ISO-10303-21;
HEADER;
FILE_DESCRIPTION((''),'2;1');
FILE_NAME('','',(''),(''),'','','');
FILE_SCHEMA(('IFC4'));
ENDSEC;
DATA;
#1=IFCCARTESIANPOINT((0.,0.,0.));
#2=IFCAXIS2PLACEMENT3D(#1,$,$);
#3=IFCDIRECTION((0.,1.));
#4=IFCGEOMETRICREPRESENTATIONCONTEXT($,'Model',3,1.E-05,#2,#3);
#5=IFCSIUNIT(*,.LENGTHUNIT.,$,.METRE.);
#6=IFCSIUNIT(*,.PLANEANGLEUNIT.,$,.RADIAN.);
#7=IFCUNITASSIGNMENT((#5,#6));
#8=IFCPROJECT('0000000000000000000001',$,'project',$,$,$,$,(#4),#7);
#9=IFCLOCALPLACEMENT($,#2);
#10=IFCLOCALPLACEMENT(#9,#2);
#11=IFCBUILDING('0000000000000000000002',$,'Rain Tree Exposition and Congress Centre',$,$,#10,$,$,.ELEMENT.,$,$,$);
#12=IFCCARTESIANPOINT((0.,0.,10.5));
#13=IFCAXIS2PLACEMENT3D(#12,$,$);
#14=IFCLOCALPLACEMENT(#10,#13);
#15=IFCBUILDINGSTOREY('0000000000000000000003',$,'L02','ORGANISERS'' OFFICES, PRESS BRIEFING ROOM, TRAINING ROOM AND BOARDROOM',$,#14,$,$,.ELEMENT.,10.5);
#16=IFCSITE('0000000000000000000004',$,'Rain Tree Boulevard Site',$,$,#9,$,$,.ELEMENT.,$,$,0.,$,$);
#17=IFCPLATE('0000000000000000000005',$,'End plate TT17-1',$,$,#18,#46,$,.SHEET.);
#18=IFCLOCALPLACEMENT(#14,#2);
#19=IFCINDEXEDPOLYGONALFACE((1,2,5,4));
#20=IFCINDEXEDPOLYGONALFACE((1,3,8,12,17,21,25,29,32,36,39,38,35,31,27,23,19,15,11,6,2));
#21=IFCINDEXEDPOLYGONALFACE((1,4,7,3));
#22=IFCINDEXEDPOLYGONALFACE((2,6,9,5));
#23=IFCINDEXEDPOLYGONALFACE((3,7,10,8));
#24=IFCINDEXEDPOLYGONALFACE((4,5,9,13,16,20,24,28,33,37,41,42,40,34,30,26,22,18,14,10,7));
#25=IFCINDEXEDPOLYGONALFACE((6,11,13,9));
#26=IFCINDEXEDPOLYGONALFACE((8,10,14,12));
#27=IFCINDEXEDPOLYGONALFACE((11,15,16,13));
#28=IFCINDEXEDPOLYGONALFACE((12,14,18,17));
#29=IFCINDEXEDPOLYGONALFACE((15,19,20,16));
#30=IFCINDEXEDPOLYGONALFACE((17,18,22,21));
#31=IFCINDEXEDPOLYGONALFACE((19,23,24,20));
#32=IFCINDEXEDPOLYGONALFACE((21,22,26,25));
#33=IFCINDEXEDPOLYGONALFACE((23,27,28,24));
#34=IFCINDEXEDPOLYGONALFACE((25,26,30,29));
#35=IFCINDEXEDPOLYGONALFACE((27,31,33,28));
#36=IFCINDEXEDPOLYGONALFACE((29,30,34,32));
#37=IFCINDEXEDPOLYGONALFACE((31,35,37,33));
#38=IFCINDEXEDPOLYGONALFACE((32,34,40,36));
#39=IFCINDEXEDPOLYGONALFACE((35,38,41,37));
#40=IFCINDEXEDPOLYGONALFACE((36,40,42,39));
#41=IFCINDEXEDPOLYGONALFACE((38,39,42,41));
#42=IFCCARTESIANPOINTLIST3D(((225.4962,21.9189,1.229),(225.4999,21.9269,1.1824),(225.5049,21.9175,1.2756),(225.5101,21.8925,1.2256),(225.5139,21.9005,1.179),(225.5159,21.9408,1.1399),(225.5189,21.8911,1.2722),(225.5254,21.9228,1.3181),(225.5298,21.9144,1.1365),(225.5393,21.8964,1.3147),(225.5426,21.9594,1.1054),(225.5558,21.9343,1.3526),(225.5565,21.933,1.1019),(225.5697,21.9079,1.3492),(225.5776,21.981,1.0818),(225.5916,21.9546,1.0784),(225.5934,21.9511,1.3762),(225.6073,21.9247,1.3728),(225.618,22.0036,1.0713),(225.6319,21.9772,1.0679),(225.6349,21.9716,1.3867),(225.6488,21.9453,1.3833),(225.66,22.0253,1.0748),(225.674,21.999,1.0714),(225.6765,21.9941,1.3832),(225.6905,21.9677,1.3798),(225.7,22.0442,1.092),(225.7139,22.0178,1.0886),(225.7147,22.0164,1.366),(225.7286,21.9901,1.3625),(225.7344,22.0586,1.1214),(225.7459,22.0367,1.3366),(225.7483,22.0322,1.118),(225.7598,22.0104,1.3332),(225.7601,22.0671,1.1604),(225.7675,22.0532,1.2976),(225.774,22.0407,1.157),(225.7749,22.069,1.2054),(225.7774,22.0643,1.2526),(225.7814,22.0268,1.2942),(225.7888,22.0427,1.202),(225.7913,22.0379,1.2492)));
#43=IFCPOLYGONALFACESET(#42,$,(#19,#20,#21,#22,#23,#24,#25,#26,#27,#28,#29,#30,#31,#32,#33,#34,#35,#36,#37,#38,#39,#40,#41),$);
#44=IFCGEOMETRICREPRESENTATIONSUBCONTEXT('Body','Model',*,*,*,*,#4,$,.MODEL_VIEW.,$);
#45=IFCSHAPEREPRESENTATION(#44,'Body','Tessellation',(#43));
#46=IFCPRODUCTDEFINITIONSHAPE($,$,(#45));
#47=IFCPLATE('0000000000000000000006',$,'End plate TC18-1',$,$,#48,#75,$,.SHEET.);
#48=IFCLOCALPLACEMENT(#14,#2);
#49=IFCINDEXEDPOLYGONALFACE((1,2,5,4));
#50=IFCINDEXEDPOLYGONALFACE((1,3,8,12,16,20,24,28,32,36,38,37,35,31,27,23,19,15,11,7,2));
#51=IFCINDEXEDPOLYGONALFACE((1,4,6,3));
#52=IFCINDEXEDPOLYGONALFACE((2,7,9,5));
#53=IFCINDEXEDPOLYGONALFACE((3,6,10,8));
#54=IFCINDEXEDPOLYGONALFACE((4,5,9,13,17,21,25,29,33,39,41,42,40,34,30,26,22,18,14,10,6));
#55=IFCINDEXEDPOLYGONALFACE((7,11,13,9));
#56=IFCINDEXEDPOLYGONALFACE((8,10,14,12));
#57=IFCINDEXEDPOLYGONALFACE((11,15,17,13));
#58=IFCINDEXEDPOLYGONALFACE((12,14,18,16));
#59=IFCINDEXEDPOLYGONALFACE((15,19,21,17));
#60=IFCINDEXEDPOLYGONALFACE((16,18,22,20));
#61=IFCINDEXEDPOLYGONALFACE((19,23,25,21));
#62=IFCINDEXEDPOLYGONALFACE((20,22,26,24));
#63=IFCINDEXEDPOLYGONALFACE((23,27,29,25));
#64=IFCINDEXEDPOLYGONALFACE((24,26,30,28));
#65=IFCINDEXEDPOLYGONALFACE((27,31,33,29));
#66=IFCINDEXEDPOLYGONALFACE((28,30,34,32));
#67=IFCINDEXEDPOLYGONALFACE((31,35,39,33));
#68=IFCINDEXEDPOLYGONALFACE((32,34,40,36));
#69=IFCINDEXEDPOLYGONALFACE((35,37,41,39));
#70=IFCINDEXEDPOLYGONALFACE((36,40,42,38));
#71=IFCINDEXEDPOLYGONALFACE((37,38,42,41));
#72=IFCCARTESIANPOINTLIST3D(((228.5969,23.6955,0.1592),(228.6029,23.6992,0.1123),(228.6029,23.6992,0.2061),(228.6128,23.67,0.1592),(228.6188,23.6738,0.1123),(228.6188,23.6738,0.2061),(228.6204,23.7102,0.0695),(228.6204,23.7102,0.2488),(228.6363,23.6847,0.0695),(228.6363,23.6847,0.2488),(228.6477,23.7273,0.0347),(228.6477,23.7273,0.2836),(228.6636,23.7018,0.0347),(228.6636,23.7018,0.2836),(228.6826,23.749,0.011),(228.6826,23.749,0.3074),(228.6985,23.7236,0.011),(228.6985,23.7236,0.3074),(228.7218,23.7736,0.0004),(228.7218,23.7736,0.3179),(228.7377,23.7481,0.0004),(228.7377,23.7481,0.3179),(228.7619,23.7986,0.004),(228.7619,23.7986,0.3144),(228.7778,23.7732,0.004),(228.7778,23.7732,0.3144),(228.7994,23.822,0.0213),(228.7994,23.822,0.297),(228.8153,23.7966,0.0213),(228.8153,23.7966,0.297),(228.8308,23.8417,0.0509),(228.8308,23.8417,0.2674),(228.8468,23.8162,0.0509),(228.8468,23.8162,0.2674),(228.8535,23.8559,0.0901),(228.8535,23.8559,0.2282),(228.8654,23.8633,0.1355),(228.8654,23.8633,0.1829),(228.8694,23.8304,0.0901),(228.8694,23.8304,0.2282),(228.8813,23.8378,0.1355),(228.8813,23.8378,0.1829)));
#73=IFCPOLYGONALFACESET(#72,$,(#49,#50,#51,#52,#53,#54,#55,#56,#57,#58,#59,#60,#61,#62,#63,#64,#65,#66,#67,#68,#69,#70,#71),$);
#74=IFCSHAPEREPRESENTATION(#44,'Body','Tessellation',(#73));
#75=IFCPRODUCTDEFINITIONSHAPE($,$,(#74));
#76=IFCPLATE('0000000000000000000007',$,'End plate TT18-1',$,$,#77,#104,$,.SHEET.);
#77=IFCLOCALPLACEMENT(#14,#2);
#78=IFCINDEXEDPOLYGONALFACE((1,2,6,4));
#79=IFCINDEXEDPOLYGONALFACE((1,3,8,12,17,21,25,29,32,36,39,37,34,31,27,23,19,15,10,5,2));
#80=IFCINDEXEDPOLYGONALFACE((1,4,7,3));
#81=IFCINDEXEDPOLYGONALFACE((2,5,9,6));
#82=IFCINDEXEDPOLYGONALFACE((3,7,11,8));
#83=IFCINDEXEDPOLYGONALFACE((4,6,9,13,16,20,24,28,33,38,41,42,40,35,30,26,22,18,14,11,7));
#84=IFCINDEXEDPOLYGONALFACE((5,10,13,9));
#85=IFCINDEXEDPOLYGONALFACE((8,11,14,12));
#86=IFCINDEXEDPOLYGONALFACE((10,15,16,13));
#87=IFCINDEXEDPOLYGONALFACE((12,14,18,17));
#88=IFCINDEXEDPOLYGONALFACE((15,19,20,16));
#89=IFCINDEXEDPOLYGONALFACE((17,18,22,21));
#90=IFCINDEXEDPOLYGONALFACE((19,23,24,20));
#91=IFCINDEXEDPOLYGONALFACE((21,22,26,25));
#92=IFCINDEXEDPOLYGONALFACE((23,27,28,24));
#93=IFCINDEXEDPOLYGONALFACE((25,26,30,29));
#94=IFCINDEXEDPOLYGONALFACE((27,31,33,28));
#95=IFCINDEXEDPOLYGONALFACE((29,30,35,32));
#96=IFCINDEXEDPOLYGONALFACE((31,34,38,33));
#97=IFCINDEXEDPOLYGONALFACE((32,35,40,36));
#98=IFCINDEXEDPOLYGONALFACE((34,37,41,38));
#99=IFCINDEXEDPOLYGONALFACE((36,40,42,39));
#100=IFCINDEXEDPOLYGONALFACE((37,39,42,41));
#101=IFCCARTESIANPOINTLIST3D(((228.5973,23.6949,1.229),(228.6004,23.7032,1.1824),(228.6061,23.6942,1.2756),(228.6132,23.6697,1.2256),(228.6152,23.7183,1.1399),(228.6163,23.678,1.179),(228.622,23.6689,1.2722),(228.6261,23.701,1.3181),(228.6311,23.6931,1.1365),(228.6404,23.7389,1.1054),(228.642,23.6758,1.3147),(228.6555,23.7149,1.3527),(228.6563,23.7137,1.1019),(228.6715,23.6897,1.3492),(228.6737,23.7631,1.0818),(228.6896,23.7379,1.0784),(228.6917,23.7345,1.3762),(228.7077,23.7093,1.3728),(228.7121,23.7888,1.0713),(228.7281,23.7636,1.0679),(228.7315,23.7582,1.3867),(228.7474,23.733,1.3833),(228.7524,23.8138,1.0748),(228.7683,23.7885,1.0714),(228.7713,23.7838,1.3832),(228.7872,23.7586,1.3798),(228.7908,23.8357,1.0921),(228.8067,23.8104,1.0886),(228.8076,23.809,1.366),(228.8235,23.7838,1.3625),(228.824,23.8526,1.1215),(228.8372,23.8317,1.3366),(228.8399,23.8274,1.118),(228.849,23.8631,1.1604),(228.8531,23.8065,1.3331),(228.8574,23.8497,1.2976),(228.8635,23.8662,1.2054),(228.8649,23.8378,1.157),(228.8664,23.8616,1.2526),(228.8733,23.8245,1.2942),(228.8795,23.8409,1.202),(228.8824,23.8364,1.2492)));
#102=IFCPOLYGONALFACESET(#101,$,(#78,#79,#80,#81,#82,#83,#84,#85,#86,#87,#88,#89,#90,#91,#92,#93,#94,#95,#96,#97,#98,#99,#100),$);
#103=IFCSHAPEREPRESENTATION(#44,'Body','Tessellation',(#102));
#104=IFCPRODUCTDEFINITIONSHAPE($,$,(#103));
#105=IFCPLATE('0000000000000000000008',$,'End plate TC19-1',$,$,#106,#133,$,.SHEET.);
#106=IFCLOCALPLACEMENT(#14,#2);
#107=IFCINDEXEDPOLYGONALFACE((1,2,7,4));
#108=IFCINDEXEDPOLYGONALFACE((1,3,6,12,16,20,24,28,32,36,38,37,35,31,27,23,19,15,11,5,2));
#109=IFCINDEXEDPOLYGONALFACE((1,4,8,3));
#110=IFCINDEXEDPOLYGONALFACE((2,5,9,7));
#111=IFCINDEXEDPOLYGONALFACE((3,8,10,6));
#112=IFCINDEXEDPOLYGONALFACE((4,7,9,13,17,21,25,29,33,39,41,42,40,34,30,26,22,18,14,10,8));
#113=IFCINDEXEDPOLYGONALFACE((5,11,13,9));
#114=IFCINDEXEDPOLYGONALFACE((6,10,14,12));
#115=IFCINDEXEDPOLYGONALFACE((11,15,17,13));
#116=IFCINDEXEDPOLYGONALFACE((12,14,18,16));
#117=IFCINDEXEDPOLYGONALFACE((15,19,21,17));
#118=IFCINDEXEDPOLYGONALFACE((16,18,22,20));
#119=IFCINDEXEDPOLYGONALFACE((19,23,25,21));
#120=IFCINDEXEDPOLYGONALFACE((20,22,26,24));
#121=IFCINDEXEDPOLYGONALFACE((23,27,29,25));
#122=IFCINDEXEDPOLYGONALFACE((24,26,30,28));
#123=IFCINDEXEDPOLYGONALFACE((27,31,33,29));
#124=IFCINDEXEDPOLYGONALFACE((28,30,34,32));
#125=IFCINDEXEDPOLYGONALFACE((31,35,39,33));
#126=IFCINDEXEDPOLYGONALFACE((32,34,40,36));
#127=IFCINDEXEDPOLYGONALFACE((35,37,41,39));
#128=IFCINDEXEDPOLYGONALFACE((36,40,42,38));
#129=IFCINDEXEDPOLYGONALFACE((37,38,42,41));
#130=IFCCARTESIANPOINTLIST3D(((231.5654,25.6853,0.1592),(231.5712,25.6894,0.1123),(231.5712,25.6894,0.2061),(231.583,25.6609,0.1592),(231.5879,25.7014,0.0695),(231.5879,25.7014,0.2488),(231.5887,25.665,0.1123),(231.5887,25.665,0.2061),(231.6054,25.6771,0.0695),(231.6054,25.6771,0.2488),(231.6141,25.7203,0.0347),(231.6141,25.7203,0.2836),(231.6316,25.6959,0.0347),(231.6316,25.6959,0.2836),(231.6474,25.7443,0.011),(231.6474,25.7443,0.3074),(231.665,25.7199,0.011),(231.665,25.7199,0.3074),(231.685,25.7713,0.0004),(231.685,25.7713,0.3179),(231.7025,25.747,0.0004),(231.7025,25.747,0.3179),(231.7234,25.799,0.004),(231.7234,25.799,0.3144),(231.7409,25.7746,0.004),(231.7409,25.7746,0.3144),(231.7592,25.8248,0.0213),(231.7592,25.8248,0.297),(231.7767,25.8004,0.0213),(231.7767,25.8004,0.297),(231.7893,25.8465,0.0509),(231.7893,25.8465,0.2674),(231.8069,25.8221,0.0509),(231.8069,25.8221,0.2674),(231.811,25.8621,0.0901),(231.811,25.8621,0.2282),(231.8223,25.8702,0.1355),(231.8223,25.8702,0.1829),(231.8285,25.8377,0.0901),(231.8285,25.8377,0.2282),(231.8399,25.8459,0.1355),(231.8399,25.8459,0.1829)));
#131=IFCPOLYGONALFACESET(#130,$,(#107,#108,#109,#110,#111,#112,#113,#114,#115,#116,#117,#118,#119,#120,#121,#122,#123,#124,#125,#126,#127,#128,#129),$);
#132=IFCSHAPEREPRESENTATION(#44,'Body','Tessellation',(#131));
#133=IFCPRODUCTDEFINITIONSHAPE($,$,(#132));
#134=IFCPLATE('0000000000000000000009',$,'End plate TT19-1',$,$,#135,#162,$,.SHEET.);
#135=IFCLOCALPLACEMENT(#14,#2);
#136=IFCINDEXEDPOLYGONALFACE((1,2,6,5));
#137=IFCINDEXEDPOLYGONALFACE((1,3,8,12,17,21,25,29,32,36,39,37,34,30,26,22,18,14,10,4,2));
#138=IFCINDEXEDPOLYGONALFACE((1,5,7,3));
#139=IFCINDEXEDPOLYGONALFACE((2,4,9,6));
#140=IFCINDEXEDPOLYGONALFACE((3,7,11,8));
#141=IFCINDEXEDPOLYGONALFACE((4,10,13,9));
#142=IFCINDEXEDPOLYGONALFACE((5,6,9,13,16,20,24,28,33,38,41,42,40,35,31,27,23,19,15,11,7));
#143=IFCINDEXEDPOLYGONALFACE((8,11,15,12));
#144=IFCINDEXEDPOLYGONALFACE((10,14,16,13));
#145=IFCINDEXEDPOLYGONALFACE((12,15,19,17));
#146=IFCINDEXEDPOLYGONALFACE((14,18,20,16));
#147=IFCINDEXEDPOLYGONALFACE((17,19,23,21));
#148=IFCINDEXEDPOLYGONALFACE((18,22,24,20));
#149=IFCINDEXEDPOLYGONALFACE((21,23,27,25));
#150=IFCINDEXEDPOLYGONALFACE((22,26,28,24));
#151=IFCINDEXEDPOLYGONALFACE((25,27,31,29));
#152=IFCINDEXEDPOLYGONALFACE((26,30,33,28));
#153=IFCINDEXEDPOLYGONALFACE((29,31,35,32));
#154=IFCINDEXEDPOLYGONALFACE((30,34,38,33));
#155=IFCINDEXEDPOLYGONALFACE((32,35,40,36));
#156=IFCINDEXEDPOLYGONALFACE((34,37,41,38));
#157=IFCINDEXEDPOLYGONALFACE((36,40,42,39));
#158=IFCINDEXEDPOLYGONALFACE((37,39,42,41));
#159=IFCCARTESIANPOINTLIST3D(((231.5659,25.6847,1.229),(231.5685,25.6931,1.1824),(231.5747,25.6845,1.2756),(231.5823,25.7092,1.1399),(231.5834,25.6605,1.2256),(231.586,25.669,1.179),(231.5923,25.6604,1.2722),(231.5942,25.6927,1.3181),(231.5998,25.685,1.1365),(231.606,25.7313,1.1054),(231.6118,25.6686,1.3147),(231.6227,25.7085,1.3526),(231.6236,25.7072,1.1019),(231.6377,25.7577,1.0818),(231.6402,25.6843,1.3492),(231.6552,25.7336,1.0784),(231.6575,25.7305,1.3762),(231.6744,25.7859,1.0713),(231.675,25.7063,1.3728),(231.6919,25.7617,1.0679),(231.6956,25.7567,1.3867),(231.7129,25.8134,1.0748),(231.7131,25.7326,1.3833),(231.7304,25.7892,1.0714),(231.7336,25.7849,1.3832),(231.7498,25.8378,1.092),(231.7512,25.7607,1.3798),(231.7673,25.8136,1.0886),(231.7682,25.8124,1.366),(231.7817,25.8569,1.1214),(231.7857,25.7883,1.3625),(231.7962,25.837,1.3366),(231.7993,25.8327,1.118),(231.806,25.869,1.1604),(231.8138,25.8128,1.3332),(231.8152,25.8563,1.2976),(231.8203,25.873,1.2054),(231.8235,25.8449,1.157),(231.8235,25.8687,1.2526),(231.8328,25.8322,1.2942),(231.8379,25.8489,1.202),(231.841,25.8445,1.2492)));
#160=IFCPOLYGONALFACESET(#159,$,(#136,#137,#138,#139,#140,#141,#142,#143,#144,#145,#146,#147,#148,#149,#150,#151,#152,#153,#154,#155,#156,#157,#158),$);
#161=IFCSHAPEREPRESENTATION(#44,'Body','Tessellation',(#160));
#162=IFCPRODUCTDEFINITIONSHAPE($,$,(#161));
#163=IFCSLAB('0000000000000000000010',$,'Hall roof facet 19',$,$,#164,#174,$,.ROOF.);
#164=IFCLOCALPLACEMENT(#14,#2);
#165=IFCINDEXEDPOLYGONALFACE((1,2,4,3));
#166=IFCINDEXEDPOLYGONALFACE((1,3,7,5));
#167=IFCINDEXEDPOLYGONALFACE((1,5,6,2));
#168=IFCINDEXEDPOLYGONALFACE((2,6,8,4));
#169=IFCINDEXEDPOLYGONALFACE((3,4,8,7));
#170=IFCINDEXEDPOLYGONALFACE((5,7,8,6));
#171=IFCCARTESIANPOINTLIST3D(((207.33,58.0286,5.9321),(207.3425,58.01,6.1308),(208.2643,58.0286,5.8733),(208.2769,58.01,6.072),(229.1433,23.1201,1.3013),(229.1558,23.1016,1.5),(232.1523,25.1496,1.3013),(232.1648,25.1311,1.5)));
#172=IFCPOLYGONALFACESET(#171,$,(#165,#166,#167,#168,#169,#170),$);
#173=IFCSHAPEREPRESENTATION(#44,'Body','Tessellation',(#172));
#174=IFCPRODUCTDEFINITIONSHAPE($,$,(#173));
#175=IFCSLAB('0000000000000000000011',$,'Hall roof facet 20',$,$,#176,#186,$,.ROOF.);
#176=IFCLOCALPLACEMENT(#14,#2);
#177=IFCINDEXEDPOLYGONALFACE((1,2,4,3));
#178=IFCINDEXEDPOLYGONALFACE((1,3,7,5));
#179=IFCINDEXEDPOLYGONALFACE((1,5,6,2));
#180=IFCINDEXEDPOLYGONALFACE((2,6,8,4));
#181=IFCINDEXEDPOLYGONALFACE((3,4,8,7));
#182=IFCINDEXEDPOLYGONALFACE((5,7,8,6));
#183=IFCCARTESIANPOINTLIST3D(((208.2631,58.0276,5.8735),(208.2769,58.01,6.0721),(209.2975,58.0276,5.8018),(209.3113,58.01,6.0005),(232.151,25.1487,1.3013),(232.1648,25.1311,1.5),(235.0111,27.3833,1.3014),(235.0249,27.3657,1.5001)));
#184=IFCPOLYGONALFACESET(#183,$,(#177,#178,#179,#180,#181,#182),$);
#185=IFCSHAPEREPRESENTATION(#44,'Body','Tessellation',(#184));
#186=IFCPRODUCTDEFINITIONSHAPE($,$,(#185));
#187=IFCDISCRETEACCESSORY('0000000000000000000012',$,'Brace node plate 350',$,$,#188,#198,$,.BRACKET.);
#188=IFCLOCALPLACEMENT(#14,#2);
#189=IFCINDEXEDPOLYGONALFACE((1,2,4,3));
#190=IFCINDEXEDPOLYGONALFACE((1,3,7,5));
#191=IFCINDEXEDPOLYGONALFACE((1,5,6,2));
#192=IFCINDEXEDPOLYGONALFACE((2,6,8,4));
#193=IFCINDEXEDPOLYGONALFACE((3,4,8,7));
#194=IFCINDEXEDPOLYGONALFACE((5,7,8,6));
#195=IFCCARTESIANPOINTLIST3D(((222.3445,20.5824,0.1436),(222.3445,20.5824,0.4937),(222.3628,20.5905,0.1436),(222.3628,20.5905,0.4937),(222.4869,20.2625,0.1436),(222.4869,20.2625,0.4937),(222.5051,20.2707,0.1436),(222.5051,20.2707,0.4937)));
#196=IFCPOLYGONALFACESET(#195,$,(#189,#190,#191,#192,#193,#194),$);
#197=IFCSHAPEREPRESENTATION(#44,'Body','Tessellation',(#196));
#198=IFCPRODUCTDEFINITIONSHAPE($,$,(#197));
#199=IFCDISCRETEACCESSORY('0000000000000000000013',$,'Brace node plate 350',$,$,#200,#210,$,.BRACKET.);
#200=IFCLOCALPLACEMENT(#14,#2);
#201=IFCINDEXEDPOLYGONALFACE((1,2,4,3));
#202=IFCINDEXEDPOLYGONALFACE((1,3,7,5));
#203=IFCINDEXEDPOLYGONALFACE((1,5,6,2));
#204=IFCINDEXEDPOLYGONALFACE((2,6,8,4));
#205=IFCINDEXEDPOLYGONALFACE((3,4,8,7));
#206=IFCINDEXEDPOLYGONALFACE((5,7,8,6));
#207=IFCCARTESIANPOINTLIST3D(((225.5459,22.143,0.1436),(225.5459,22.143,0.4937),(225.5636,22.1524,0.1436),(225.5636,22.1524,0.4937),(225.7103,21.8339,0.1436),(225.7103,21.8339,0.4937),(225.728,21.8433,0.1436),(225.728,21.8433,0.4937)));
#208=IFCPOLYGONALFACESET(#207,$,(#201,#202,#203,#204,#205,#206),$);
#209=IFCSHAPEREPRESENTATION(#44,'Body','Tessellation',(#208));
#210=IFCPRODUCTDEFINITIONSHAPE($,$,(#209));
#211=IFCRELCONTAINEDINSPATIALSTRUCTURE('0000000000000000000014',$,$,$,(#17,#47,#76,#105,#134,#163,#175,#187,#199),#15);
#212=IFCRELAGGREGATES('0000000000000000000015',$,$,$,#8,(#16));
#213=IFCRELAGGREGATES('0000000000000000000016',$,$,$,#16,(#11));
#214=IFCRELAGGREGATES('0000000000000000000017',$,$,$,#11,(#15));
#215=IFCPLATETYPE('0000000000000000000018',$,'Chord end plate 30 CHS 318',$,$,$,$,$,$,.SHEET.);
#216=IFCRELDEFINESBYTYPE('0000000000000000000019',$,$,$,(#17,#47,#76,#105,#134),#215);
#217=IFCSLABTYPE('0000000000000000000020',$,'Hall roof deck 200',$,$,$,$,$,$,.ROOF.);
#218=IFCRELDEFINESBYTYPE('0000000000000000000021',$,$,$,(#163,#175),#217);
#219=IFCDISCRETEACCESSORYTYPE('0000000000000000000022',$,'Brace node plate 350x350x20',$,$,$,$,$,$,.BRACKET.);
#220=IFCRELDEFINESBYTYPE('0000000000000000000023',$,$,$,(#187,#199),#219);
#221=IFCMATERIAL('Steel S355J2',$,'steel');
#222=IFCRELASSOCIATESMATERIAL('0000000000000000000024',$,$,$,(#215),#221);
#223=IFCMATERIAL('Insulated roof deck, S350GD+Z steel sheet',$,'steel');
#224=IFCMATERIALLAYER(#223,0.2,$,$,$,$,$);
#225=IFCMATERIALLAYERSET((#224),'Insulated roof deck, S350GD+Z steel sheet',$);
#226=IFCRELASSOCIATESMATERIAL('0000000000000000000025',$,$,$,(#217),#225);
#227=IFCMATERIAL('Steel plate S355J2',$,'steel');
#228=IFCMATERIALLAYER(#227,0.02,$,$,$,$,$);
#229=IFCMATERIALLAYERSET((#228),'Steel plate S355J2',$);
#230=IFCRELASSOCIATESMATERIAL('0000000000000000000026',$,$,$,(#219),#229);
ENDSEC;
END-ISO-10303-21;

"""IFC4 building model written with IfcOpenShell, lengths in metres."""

from ifc_helpers import new_model, si_unit, direction, frame, origin, origin_2d, place, context, subcontext, project, spatial, polyline, rectangle, circle, outline, extrude, material, layer, layer_set, material_profile, profile_set, type_object, element, save


model = new_model("IFC4")

# Units and contexts
model_context = context("Model", 3, precision=1e-05, world=origin(), true_north=direction((0.0, 1.0)))
body_context = subcontext(model_context, "Body", "Model", "MODEL_VIEW")
ifc_project = project(units=[si_unit("LENGTHUNIT", "METRE"), si_unit("PLANEANGLEUNIT", "RADIAN")], contexts=[model_context])

# Site, building, storey
site_placement = place(None, origin())
site = spatial("IfcSite", under=ifc_project, at=site_placement, Name="Rain Tree Boulevard Site", CompositionType="ELEMENT", RefElevation=0.0)
building_placement = place(site_placement, origin())
building = spatial("IfcBuilding", under=site, at=building_placement, Name="Rain Tree Exposition and Congress Centre", CompositionType="ELEMENT")
storey_placement = place(building_placement, frame((0.0, 0.0, 10.5)))
storey = spatial("IfcBuildingStorey", under=building, at=storey_placement, Name="L02", Description="ORGANISERS' OFFICES, PRESS BRIEFING ROOM, TRAINING ROOM AND BOARDROOM", CompositionType="ELEMENT", Elevation=10.5)

# Plates
ifc_material_1 = material(Name="Steel S355J2", Category="steel")
ifc_material_profile_1 = material_profile(ifc_material_1, circle(Radius=0.1592, at=origin_2d()), Name="CIRCLE 318")
ifc_profile_set_1 = profile_set([ifc_material_profile_1], Name="Steel S355J2")
plate_type = type_object("IfcPlateType", Name="Chord end plate 30 CHS 318", PredefinedType="SHEET", material=ifc_profile_set_1)
for number, where, z_axis, x_axis, name in (
    (1, (225.6509, 21.9668, 1.2256), (-0.463721, 0.87863, 0.113896), (-0.884385, -0.466759, 0.0), "End plate TT17-1"),
    (2, (228.7478, 23.7544, 0.1592), (-0.529999, 0.847998, 0.0), (-0.847998, -0.529999, 0.0), "End plate TC18-1"),
    (3, (228.7478, 23.7546, 1.2256), (-0.530193, 0.840152, 0.114195), (-0.845684, -0.533684, 0.0), "End plate TT18-1"),
    (4, (231.7122, 25.7539, 0.1592), (-0.584305, 0.811534, 0.0), (-0.811534, -0.584305, 0.0), "End plate TC19-1"),
    (5, (231.7122, 25.7542, 1.2256), (-0.584362, 0.803498, 0.113626), (-0.808736, -0.588172, 0.0), "End plate TT19-1"),
):
    element("IfcPlate", number, at=place(storey_placement, frame(where, z_axis=z_axis, x_axis=x_axis)), inside=storey, type_object=plate_type, Name=name, PredefinedType="SHEET", context=body_context, shape_type="SweptSolid", body=[
        extrude(circle(Radius=0.1592, at=origin_2d()), origin(), (0.0, 0.0, 1.0), 0.03),
    ])

# Slabs
ifc_material_2 = material(Name="Insulated roof deck, S350GD+Z steel sheet", Category="steel")
ifc_layer_1 = layer(ifc_material_2, 0.2)
ifc_layer_set_1 = layer_set([ifc_layer_1], Name="Insulated roof deck, S350GD+Z steel sheet")
slab_type = type_object("IfcSlabType", Name="Hall roof deck 200", PredefinedType="ROOF", material=ifc_layer_set_1)
slab_1_placement = place(storey_placement, frame((229.1558, 23.1016, 1.5), z_axis=(0.062555, -0.092735, 0.993724), x_axis=(0.829047, 0.559179, -0.000006)))
element("IfcSlab", 6, at=slab_1_placement, inside=storey, type_object=slab_type, Name="Hall roof facet 19", PredefinedType="ROOF", context=body_context, shape_type="SweptSolid", body=[
    extrude(outline(polyline([(0.0, 0.0), (3.6295, 0.0), (2.2104, 40.8723), (1.4358, 41.3981), (0.0, 0.0)])), origin(), (0.0, 0.0, -1.0), 0.2),
])
slab_2_placement = place(storey_placement, frame((232.1648, 25.1311, 1.5), z_axis=(0.068843, -0.08817, 0.993724), x_axis=(0.788005, 0.615668, 0.000035)))
element("IfcSlab", 7, at=slab_2_placement, inside=storey, type_object=slab_type, Name="Hall roof facet 20", PredefinedType="ROOF", context=body_context, shape_type="SweptSolid", body=[
    extrude(outline(polyline([(0.0, 0.0), (3.6296, 0.0), (2.234, 40.2314), (1.4188, 40.8723), (0.0, 0.0)])), origin(), (0.0, 0.0, -1.0), 0.2),
])

# Discrete accessories
ifc_material_3 = material(Name="Steel plate S355J2", Category="steel")
ifc_layer_2 = layer(ifc_material_3, 0.02)
ifc_layer_set_2 = layer_set([ifc_layer_2], Name="Steel plate S355J2")
discrete_accessory_type = type_object("IfcDiscreteAccessoryType", Name="Brace node plate 350x350x20", PredefinedType="BRACKET", material=ifc_layer_set_2)
for number, where, z_axis, x_axis, name in (
    (8, (222.4248, 20.4265, 0.1436), (0.0, 0.0, 1.0), (-0.406737, 0.913545, 0.0), "Brace node plate 350"),
    (9, (225.637, 21.9932, 0.1436), (0.0, 0.0, 1.0), (-0.469472, 0.882948, 0.0), "Brace node plate 350"),
):
    element("IfcDiscreteAccessory", number, at=place(storey_placement, frame(where, z_axis=z_axis, x_axis=x_axis)), inside=storey, type_object=discrete_accessory_type, Name=name, PredefinedType="BRACKET", context=body_context, shape_type="SweptSolid", body=[
        extrude(rectangle(XDim=0.3501, YDim=0.02, at=origin_2d()), origin(), (0.0, 0.0, 1.0), 0.3501),
    ])

save(model, "model.ifc")
